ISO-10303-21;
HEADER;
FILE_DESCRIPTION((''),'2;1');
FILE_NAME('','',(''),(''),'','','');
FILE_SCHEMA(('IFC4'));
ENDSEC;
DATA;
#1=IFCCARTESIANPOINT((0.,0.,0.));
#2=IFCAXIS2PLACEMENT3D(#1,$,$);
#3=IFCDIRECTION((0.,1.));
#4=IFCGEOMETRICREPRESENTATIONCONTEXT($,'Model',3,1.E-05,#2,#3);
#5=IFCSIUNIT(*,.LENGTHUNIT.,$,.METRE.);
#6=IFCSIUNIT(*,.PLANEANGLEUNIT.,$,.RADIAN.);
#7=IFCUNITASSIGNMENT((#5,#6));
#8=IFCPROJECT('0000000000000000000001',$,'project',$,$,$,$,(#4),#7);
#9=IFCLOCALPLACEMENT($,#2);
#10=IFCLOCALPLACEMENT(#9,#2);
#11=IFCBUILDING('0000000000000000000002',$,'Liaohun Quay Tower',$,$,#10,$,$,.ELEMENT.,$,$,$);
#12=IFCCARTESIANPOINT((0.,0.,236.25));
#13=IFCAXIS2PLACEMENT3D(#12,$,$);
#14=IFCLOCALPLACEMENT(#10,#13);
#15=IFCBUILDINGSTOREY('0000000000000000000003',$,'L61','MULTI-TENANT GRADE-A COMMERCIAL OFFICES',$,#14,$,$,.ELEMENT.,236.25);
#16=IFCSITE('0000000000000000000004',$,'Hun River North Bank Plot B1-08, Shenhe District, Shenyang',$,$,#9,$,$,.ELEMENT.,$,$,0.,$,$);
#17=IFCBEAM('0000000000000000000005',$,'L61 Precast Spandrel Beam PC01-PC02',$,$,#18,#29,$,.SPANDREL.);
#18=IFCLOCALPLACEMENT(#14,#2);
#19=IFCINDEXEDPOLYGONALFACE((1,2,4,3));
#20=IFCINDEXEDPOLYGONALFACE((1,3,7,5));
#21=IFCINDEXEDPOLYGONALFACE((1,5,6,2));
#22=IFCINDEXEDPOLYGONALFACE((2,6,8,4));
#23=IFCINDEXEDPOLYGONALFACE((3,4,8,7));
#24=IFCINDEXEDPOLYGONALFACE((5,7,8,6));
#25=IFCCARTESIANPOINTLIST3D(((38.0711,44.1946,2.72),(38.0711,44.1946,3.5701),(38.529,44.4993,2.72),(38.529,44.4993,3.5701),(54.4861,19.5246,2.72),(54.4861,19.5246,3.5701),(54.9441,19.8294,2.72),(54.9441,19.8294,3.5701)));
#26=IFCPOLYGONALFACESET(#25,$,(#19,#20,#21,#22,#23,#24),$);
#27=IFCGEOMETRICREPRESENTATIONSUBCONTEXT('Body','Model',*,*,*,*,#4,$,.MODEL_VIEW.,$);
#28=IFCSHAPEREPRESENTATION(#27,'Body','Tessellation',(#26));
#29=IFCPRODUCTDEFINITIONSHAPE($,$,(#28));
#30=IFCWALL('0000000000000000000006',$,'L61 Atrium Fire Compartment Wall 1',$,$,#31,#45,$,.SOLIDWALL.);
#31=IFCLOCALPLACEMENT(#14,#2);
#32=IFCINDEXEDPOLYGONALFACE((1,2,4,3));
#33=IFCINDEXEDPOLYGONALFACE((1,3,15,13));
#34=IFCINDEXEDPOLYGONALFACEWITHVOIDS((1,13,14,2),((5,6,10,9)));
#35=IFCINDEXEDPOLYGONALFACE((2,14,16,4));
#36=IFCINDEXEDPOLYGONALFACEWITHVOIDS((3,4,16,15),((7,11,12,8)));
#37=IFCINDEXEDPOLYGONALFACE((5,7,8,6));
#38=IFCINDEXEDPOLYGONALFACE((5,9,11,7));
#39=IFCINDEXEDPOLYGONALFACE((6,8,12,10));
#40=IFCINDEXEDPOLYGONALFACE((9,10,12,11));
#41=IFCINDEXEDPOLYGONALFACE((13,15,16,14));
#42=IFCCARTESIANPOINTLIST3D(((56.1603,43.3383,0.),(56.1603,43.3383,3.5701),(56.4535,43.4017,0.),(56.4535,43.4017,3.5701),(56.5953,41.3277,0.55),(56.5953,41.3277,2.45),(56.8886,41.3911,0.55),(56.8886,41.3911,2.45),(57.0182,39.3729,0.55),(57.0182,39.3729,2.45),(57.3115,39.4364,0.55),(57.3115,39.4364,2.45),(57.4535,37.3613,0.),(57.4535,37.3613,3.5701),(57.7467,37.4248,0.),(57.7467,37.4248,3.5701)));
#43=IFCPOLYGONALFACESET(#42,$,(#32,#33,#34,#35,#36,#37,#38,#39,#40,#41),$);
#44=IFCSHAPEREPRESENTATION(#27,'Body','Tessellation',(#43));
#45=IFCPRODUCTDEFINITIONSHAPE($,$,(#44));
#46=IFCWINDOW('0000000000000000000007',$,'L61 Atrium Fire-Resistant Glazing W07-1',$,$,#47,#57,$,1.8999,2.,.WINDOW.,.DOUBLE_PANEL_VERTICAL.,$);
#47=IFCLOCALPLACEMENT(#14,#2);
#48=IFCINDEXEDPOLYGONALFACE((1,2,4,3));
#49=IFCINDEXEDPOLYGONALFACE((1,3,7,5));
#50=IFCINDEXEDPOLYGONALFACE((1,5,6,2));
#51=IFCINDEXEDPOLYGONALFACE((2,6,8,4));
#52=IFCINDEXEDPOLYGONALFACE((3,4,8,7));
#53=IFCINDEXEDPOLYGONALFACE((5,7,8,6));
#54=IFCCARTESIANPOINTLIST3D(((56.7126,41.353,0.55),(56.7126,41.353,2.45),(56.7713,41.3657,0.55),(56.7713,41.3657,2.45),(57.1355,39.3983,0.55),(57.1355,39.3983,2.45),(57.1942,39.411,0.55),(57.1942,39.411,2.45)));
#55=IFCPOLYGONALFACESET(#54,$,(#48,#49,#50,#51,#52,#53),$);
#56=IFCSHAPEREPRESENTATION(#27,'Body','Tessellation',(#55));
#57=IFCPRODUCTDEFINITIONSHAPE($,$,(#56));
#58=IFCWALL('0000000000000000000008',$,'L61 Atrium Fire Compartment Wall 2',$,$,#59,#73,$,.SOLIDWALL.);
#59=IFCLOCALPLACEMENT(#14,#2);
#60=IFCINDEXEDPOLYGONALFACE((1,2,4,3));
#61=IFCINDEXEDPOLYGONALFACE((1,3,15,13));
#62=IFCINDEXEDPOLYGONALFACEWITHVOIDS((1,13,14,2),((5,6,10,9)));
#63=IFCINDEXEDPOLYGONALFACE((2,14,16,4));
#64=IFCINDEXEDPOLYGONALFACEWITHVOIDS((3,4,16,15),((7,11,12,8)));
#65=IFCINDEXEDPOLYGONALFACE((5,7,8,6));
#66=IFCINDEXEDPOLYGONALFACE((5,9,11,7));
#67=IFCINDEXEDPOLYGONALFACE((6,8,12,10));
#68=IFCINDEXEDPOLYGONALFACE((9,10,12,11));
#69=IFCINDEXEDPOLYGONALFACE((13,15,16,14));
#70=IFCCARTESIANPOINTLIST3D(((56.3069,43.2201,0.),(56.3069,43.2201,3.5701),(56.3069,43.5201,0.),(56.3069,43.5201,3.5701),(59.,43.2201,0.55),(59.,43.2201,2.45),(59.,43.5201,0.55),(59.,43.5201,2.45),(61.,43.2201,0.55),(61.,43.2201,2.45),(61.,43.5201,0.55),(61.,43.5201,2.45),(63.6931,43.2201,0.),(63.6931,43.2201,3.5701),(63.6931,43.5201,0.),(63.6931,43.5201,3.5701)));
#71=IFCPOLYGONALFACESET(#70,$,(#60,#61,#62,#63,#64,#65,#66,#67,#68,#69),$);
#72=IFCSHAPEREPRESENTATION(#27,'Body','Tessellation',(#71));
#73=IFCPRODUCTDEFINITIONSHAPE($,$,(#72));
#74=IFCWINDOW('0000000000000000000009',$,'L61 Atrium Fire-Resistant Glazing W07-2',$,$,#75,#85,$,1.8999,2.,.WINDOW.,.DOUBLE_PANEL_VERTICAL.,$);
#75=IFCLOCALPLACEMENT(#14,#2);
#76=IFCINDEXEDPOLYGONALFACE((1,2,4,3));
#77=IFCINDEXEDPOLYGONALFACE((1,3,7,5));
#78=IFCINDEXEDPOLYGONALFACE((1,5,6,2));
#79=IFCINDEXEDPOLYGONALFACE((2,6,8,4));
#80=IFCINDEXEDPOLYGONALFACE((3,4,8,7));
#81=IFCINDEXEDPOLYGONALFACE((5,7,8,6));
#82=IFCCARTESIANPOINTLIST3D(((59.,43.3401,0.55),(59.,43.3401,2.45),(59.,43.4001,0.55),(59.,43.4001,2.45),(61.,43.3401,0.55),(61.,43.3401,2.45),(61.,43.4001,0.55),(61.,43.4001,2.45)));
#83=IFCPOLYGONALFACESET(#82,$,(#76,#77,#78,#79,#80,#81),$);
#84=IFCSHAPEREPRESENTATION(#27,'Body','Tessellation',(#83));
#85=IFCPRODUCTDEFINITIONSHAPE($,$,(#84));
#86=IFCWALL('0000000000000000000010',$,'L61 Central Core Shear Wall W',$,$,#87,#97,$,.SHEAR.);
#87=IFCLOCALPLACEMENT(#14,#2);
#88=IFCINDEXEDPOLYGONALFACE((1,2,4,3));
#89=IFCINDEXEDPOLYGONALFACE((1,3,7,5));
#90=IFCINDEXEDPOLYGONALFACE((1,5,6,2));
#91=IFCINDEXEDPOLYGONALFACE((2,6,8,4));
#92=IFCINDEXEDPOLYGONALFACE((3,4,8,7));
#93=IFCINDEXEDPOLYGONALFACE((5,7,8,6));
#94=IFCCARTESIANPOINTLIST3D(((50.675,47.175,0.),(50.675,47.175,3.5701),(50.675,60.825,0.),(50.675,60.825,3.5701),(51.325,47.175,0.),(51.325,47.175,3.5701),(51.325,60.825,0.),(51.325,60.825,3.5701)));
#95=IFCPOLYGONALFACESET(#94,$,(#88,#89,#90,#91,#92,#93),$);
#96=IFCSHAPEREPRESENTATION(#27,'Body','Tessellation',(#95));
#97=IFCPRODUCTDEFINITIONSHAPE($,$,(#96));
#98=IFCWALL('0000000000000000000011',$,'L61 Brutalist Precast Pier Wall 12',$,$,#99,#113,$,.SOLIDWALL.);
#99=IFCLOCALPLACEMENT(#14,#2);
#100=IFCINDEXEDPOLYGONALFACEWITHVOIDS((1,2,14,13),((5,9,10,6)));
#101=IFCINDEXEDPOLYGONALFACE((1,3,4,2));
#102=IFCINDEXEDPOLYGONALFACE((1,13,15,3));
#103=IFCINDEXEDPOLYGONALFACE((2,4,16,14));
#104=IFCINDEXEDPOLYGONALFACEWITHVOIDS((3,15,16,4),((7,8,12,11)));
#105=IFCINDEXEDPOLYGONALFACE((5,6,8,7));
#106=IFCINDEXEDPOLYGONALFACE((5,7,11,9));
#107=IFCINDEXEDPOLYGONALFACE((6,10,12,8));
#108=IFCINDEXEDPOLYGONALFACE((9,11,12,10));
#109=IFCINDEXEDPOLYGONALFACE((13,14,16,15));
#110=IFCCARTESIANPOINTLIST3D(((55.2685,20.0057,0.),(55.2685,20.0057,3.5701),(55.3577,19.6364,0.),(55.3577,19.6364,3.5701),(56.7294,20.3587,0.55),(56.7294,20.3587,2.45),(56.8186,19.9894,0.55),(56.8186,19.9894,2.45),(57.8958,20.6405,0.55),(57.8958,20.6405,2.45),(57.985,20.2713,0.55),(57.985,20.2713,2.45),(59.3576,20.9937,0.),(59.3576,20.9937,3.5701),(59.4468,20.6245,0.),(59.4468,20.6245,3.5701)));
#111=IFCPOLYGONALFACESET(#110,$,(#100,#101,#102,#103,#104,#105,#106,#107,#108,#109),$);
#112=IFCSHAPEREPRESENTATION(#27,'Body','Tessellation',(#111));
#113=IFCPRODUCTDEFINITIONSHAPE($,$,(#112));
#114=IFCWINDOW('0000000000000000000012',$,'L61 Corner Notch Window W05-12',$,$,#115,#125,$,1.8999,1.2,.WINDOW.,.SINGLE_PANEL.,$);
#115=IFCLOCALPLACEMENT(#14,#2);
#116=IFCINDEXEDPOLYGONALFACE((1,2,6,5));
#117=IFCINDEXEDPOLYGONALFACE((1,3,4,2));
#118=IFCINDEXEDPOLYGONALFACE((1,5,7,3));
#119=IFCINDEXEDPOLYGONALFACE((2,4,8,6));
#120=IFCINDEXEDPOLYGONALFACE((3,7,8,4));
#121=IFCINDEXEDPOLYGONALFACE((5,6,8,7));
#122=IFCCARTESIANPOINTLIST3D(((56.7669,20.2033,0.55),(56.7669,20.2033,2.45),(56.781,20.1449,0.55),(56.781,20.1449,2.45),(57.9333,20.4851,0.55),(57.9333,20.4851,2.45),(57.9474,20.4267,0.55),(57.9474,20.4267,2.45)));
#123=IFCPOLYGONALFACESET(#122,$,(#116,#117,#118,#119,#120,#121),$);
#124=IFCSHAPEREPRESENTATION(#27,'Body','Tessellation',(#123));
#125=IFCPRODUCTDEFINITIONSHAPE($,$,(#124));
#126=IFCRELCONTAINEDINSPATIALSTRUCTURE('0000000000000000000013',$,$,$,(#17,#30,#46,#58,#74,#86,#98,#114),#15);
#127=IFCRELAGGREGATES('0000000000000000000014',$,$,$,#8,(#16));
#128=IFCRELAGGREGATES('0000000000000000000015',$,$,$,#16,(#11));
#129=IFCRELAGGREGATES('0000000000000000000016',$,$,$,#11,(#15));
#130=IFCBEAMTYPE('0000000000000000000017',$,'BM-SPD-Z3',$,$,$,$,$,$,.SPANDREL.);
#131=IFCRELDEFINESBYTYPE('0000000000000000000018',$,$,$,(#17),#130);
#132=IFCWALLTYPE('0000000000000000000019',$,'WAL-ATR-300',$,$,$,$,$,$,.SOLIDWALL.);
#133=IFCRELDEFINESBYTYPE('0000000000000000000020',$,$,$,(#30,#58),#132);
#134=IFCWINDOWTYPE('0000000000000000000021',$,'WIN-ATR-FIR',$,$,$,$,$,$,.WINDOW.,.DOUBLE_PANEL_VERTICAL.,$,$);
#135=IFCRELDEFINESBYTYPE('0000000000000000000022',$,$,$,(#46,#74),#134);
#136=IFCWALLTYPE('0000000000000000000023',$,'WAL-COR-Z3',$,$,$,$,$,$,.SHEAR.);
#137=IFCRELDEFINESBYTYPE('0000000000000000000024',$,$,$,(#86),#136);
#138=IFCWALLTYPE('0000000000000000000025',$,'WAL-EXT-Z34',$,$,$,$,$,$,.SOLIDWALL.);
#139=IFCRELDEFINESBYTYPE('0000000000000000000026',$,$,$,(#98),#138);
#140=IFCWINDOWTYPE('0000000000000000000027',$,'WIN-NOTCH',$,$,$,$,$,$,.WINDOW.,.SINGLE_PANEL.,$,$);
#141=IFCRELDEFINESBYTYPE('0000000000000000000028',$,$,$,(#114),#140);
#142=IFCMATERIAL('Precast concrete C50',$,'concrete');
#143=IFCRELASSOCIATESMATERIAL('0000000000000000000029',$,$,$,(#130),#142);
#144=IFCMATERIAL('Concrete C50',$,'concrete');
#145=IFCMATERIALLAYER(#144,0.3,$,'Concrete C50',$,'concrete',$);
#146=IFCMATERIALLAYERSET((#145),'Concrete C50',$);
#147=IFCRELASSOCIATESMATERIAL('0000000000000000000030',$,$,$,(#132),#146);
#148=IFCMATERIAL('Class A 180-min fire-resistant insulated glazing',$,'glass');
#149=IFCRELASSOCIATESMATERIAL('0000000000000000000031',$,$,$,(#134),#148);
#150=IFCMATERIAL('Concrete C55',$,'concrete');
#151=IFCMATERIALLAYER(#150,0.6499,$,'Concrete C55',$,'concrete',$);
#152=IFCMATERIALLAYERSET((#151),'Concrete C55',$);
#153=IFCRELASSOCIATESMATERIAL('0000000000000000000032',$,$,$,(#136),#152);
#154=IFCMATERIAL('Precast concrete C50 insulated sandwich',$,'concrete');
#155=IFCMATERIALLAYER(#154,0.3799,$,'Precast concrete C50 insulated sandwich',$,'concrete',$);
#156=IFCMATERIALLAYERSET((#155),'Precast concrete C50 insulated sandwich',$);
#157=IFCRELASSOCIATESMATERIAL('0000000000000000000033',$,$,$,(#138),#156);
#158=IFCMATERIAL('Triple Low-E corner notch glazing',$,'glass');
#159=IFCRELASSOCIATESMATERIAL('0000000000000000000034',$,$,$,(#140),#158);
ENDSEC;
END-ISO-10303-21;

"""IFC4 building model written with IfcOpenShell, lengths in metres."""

from ifc_helpers import new_model, si_unit, direction, frame, frame_2d, origin, origin_2d, place, context, subcontext, project, spatial, rectangle, extrude, source, transform, mapped, material, layer, layer_set, material_profile, profile_set, type_object, element, fill, save


model = new_model("IFC4")

# Units and contexts
model_context = context("Model", 3, precision=1e-05, world=origin(), true_north=direction((0.0, 1.0)))
body_context = subcontext(model_context, "Body", "Model", "MODEL_VIEW")
ifc_project = project(units=[si_unit("LENGTHUNIT", "METRE"), si_unit("PLANEANGLEUNIT", "RADIAN")], contexts=[model_context])

# Site, building, storey
site_placement = place(None, origin())
site = spatial("IfcSite", under=ifc_project, at=site_placement, Name="Hun River North Bank Plot B1-08, Shenhe District, Shenyang", CompositionType="ELEMENT", RefElevation=0.0)
building_placement = place(site_placement, origin())
building = spatial("IfcBuilding", under=site, at=building_placement, Name="Liaohun Quay Tower", CompositionType="ELEMENT")
storey_placement = place(building_placement, frame((0.0, 0.0, 236.25)))
storey = spatial("IfcBuildingStorey", under=building, at=storey_placement, Name="L61", Description="MULTI-TENANT GRADE-A COMMERCIAL OFFICES", CompositionType="ELEMENT", Elevation=236.25)

# Shared definitions
ifc_material_1 = material(Name="Concrete C55", Category="concrete")

# Beam
ifc_material_2 = material(Name="Precast concrete C50", Category="concrete")
ifc_material_profile_1 = material_profile(ifc_material_2, rectangle(XDim=0.55, YDim=0.8501, at=origin_2d()), Name="RC550x850")
ifc_profile_set_1 = profile_set([ifc_material_profile_1], Name="Precast concrete C50")
beam_type_1 = type_object("IfcBeamType", Name="BM-SPD-Z3", PredefinedType="SPANDREL", material=ifc_profile_set_1)
shared_shape_1 = source(origin(), body_context, "Body", "SweptSolid", [
    extrude(rectangle(XDim=0.55, YDim=0.8501, at=origin_2d()), origin(), (0.0, 0.0, 1.0), 29.6321),
])
beam_1_placement = place(storey_placement, frame((54.7151, 19.677, 3.145), z_axis=(-0.553962, 0.832542, 0.0), x_axis=(-0.832542, -0.553962, 0.0)))
element("IfcBeam", 1, at=beam_1_placement, inside=storey, type_object=beam_type_1, Name="L61 Precast Spandrel Beam PC01-PC02", PredefinedType="SPANDREL", context=body_context, shape_type="MappedRepresentation", body=[
    mapped(shared_shape_1, transform((0.0, 0.0, 0.0), x_axis=(1.0, 0.0, 0.0), y_axis=(0.0, 1.0, 0.0), z_axis=(0.0, 0.0, 1.0), scale=1.0)),
])

# Walls, openings, windows
ifc_material_3 = material(Name="Concrete C50", Category="concrete")
ifc_layer_1 = layer(ifc_material_3, 0.3, Name="Concrete C50", Category="concrete")
ifc_layer_set_1 = layer_set([ifc_layer_1], Name="Concrete C50")
wall_type_1 = type_object("IfcWallType", Name="WAL-ATR-300", PredefinedType="SOLIDWALL", material=ifc_layer_set_1)
wall_1_placement = place(storey_placement, frame((57.6001, 37.3931, 0.0), z_axis=(0.0, 0.0, 1.0), x_axis=(-0.21147, 0.977385, 0.0)))
wall_1 = element("IfcWall", 2, at=wall_1_placement, inside=storey, type_object=wall_type_1, Name="L61 Atrium Fire Compartment Wall 1", PredefinedType="SOLIDWALL", context=body_context, shape_type="SweptSolid", body=[
    extrude(rectangle(XDim=6.1152, YDim=0.3, at=frame_2d((3.0576, 0.0))), origin(), (0.0, 0.0, 1.0), 3.5701),
])
shared_shape_2 = source(origin(), body_context, "Body", "SweptSolid", [
    extrude(rectangle(XDim=2.0, YDim=1.8999, at=frame_2d((1.0, 0.95))), frame((0.0, 0.1599, 0.0), z_axis=(0.0, -1.0, 0.0), x_axis=(1.0, 0.0, 0.0)), (0.0, 0.0, 1.0), 0.3201),
])
opening_1_placement = place(wall_1_placement, frame((2.0581, 0.0, 0.55)))
opening_1 = element("IfcOpeningElement", 3, at=opening_1_placement, cuts=wall_1, PredefinedType="OPENING", context=body_context, shape_type="MappedRepresentation", body=[
    mapped(shared_shape_2, transform((0.0, 0.0, 0.0), x_axis=(1.0, 0.0, 0.0), y_axis=(0.0, 1.0, 0.0), z_axis=(0.0, 0.0, 1.0), scale=1.0)),
])
ifc_material_4 = material(Name="Class A 180-min fire-resistant insulated glazing", Category="glass")
window_type_1 = type_object("IfcWindowType", Name="WIN-ATR-FIR", PartitioningType="DOUBLE_PANEL_VERTICAL", PredefinedType="WINDOW", material=ifc_material_4)
shared_shape_3 = source(origin(), body_context, "Body", "SweptSolid", [
    extrude(rectangle(XDim=2.0, YDim=1.8999, at=frame_2d((1.0, 0.95))), frame((0.0, 0.03, 0.0), z_axis=(0.0, -1.0, 0.0), x_axis=(1.0, 0.0, 0.0)), (0.0, 0.0, 1.0), 0.0601),
])
window_1_placement = place(opening_1_placement, origin())
window_1 = element("IfcWindow", 4, at=window_1_placement, inside=storey, type_object=window_type_1, Name="L61 Atrium Fire-Resistant Glazing W07-1", OverallHeight=1.8999, OverallWidth=2.0, PartitioningType="DOUBLE_PANEL_VERTICAL", PredefinedType="WINDOW", context=body_context, shape_type="MappedRepresentation", body=[
    mapped(shared_shape_3, transform((0.0, 0.0, 0.0), x_axis=(1.0, 0.0, 0.0), y_axis=(0.0, 1.0, 0.0), z_axis=(0.0, 0.0, 1.0), scale=1.0)),
])
fill(opening_1, window_1)
wall_2_placement = place(storey_placement, frame((56.3069, 43.3701, 0.0), z_axis=(0.0, 0.0, 1.0), x_axis=(1.0, 0.0, 0.0)))
wall_2 = element("IfcWall", 5, at=wall_2_placement, inside=storey, type_object=wall_type_1, Name="L61 Atrium Fire Compartment Wall 2", PredefinedType="SOLIDWALL", context=body_context, shape_type="SweptSolid", body=[
    extrude(rectangle(XDim=7.3862, YDim=0.3, at=frame_2d((3.6931, 0.0))), origin(), (0.0, 0.0, 1.0), 3.5701),
])
opening_2_placement = place(wall_2_placement, frame((2.6931, 0.0, 0.55)))
opening_2 = element("IfcOpeningElement", 6, at=opening_2_placement, cuts=wall_2, PredefinedType="OPENING", context=body_context, shape_type="MappedRepresentation", body=[
    mapped(shared_shape_2, transform((0.0, 0.0, 0.0), x_axis=(1.0, 0.0, 0.0), y_axis=(0.0, 1.0, 0.0), z_axis=(0.0, 0.0, 1.0), scale=1.0)),
])
window_2_placement = place(opening_2_placement, origin())
window_2 = element("IfcWindow", 7, at=window_2_placement, inside=storey, type_object=window_type_1, Name="L61 Atrium Fire-Resistant Glazing W07-2", OverallHeight=1.8999, OverallWidth=2.0, PartitioningType="DOUBLE_PANEL_VERTICAL", PredefinedType="WINDOW", context=body_context, shape_type="MappedRepresentation", body=[
    mapped(shared_shape_3, transform((0.0, 0.0, 0.0), x_axis=(1.0, 0.0, 0.0), y_axis=(0.0, 1.0, 0.0), z_axis=(0.0, 0.0, 1.0), scale=1.0)),
])
fill(opening_2, window_2)

# Wall
ifc_layer_2 = layer(ifc_material_1, 0.6499, Name="Concrete C55", Category="concrete")
ifc_layer_set_2 = layer_set([ifc_layer_2], Name="Concrete C55")
wall_type_2 = type_object("IfcWallType", Name="WAL-COR-Z3", PredefinedType="SHEAR", material=ifc_layer_set_2)
wall_3_placement = place(storey_placement, frame((51.0, 47.175, 0.0), z_axis=(0.0, 0.0, 1.0), x_axis=(0.0, 1.0, 0.0)))
element("IfcWall", 8, at=wall_3_placement, inside=storey, type_object=wall_type_2, Name="L61 Central Core Shear Wall W", PredefinedType="SHEAR", context=body_context, shape_type="SweptSolid", body=[
    extrude(rectangle(XDim=13.6499, YDim=0.6499, at=frame_2d((6.825, 0.0))), origin(), (0.0, 0.0, 1.0), 3.5701),
])

# Wall, opening, window
ifc_material_5 = material(Name="Precast concrete C50 insulated sandwich", Category="concrete")
ifc_layer_3 = layer(ifc_material_5, 0.3799, Name="Precast concrete C50 insulated sandwich", Category="concrete")
ifc_layer_set_3 = layer_set([ifc_layer_3], Name="Precast concrete C50 insulated sandwich")
wall_type_3 = type_object("IfcWallType", Name="WAL-EXT-Z34", PredefinedType="SOLIDWALL", material=ifc_layer_set_3)
wall_4_placement = place(storey_placement, frame((55.313, 19.821, 0.0), z_axis=(0.0, 0.0, 1.0), x_axis=(0.972027, 0.234867, 0.0)))
wall_4 = element("IfcWall", 9, at=wall_4_placement, inside=storey, type_object=wall_type_3, Name="L61 Brutalist Precast Pier Wall 12", PredefinedType="SOLIDWALL", context=body_context, shape_type="SweptSolid", body=[
    extrude(rectangle(XDim=4.2068, YDim=0.3799, at=frame_2d((2.1035, 0.0))), origin(), (0.0, 0.0, 1.0), 3.5701),
])
shared_shape_4 = source(origin(), body_context, "Body", "SweptSolid", [
    extrude(rectangle(XDim=1.2, YDim=1.8999, at=frame_2d((0.6001, 0.95))), frame((0.0, 0.2, 0.0), z_axis=(0.0, -1.0, 0.0), x_axis=(1.0, 0.0, 0.0)), (0.0, 0.0, 1.0), 0.3999),
])
opening_3_placement = place(wall_4_placement, frame((1.5029, 0.0, 0.55)))
opening_3 = element("IfcOpeningElement", 10, at=opening_3_placement, cuts=wall_4, PredefinedType="OPENING", context=body_context, shape_type="MappedRepresentation", body=[
    mapped(shared_shape_4, transform((0.0, 0.0, 0.0), x_axis=(1.0, 0.0, 0.0), y_axis=(0.0, 1.0, 0.0), z_axis=(0.0, 0.0, 1.0), scale=1.0)),
])
ifc_material_6 = material(Name="Triple Low-E corner notch glazing", Category="glass")
window_type_2 = type_object("IfcWindowType", Name="WIN-NOTCH", PartitioningType="SINGLE_PANEL", PredefinedType="WINDOW", material=ifc_material_6)
shared_shape_5 = source(origin(), body_context, "Body", "SweptSolid", [
    extrude(rectangle(XDim=1.2, YDim=1.8999, at=frame_2d((0.6001, 0.95))), frame((0.0, 0.03, 0.0), z_axis=(0.0, -1.0, 0.0), x_axis=(1.0, 0.0, 0.0)), (0.0, 0.0, 1.0), 0.0601),
])
window_3_placement = place(opening_3_placement, origin())
window_3 = element("IfcWindow", 11, at=window_3_placement, inside=storey, type_object=window_type_2, Name="L61 Corner Notch Window W05-12", OverallHeight=1.8999, OverallWidth=1.2, PartitioningType="SINGLE_PANEL", PredefinedType="WINDOW", context=body_context, shape_type="MappedRepresentation", body=[
    mapped(shared_shape_5, transform((0.0, 0.0, 0.0), x_axis=(1.0, 0.0, 0.0), y_axis=(0.0, 1.0, 0.0), z_axis=(0.0, 0.0, 1.0), scale=1.0)),
])
fill(opening_3, window_3)

save(model, "model.ifc")
